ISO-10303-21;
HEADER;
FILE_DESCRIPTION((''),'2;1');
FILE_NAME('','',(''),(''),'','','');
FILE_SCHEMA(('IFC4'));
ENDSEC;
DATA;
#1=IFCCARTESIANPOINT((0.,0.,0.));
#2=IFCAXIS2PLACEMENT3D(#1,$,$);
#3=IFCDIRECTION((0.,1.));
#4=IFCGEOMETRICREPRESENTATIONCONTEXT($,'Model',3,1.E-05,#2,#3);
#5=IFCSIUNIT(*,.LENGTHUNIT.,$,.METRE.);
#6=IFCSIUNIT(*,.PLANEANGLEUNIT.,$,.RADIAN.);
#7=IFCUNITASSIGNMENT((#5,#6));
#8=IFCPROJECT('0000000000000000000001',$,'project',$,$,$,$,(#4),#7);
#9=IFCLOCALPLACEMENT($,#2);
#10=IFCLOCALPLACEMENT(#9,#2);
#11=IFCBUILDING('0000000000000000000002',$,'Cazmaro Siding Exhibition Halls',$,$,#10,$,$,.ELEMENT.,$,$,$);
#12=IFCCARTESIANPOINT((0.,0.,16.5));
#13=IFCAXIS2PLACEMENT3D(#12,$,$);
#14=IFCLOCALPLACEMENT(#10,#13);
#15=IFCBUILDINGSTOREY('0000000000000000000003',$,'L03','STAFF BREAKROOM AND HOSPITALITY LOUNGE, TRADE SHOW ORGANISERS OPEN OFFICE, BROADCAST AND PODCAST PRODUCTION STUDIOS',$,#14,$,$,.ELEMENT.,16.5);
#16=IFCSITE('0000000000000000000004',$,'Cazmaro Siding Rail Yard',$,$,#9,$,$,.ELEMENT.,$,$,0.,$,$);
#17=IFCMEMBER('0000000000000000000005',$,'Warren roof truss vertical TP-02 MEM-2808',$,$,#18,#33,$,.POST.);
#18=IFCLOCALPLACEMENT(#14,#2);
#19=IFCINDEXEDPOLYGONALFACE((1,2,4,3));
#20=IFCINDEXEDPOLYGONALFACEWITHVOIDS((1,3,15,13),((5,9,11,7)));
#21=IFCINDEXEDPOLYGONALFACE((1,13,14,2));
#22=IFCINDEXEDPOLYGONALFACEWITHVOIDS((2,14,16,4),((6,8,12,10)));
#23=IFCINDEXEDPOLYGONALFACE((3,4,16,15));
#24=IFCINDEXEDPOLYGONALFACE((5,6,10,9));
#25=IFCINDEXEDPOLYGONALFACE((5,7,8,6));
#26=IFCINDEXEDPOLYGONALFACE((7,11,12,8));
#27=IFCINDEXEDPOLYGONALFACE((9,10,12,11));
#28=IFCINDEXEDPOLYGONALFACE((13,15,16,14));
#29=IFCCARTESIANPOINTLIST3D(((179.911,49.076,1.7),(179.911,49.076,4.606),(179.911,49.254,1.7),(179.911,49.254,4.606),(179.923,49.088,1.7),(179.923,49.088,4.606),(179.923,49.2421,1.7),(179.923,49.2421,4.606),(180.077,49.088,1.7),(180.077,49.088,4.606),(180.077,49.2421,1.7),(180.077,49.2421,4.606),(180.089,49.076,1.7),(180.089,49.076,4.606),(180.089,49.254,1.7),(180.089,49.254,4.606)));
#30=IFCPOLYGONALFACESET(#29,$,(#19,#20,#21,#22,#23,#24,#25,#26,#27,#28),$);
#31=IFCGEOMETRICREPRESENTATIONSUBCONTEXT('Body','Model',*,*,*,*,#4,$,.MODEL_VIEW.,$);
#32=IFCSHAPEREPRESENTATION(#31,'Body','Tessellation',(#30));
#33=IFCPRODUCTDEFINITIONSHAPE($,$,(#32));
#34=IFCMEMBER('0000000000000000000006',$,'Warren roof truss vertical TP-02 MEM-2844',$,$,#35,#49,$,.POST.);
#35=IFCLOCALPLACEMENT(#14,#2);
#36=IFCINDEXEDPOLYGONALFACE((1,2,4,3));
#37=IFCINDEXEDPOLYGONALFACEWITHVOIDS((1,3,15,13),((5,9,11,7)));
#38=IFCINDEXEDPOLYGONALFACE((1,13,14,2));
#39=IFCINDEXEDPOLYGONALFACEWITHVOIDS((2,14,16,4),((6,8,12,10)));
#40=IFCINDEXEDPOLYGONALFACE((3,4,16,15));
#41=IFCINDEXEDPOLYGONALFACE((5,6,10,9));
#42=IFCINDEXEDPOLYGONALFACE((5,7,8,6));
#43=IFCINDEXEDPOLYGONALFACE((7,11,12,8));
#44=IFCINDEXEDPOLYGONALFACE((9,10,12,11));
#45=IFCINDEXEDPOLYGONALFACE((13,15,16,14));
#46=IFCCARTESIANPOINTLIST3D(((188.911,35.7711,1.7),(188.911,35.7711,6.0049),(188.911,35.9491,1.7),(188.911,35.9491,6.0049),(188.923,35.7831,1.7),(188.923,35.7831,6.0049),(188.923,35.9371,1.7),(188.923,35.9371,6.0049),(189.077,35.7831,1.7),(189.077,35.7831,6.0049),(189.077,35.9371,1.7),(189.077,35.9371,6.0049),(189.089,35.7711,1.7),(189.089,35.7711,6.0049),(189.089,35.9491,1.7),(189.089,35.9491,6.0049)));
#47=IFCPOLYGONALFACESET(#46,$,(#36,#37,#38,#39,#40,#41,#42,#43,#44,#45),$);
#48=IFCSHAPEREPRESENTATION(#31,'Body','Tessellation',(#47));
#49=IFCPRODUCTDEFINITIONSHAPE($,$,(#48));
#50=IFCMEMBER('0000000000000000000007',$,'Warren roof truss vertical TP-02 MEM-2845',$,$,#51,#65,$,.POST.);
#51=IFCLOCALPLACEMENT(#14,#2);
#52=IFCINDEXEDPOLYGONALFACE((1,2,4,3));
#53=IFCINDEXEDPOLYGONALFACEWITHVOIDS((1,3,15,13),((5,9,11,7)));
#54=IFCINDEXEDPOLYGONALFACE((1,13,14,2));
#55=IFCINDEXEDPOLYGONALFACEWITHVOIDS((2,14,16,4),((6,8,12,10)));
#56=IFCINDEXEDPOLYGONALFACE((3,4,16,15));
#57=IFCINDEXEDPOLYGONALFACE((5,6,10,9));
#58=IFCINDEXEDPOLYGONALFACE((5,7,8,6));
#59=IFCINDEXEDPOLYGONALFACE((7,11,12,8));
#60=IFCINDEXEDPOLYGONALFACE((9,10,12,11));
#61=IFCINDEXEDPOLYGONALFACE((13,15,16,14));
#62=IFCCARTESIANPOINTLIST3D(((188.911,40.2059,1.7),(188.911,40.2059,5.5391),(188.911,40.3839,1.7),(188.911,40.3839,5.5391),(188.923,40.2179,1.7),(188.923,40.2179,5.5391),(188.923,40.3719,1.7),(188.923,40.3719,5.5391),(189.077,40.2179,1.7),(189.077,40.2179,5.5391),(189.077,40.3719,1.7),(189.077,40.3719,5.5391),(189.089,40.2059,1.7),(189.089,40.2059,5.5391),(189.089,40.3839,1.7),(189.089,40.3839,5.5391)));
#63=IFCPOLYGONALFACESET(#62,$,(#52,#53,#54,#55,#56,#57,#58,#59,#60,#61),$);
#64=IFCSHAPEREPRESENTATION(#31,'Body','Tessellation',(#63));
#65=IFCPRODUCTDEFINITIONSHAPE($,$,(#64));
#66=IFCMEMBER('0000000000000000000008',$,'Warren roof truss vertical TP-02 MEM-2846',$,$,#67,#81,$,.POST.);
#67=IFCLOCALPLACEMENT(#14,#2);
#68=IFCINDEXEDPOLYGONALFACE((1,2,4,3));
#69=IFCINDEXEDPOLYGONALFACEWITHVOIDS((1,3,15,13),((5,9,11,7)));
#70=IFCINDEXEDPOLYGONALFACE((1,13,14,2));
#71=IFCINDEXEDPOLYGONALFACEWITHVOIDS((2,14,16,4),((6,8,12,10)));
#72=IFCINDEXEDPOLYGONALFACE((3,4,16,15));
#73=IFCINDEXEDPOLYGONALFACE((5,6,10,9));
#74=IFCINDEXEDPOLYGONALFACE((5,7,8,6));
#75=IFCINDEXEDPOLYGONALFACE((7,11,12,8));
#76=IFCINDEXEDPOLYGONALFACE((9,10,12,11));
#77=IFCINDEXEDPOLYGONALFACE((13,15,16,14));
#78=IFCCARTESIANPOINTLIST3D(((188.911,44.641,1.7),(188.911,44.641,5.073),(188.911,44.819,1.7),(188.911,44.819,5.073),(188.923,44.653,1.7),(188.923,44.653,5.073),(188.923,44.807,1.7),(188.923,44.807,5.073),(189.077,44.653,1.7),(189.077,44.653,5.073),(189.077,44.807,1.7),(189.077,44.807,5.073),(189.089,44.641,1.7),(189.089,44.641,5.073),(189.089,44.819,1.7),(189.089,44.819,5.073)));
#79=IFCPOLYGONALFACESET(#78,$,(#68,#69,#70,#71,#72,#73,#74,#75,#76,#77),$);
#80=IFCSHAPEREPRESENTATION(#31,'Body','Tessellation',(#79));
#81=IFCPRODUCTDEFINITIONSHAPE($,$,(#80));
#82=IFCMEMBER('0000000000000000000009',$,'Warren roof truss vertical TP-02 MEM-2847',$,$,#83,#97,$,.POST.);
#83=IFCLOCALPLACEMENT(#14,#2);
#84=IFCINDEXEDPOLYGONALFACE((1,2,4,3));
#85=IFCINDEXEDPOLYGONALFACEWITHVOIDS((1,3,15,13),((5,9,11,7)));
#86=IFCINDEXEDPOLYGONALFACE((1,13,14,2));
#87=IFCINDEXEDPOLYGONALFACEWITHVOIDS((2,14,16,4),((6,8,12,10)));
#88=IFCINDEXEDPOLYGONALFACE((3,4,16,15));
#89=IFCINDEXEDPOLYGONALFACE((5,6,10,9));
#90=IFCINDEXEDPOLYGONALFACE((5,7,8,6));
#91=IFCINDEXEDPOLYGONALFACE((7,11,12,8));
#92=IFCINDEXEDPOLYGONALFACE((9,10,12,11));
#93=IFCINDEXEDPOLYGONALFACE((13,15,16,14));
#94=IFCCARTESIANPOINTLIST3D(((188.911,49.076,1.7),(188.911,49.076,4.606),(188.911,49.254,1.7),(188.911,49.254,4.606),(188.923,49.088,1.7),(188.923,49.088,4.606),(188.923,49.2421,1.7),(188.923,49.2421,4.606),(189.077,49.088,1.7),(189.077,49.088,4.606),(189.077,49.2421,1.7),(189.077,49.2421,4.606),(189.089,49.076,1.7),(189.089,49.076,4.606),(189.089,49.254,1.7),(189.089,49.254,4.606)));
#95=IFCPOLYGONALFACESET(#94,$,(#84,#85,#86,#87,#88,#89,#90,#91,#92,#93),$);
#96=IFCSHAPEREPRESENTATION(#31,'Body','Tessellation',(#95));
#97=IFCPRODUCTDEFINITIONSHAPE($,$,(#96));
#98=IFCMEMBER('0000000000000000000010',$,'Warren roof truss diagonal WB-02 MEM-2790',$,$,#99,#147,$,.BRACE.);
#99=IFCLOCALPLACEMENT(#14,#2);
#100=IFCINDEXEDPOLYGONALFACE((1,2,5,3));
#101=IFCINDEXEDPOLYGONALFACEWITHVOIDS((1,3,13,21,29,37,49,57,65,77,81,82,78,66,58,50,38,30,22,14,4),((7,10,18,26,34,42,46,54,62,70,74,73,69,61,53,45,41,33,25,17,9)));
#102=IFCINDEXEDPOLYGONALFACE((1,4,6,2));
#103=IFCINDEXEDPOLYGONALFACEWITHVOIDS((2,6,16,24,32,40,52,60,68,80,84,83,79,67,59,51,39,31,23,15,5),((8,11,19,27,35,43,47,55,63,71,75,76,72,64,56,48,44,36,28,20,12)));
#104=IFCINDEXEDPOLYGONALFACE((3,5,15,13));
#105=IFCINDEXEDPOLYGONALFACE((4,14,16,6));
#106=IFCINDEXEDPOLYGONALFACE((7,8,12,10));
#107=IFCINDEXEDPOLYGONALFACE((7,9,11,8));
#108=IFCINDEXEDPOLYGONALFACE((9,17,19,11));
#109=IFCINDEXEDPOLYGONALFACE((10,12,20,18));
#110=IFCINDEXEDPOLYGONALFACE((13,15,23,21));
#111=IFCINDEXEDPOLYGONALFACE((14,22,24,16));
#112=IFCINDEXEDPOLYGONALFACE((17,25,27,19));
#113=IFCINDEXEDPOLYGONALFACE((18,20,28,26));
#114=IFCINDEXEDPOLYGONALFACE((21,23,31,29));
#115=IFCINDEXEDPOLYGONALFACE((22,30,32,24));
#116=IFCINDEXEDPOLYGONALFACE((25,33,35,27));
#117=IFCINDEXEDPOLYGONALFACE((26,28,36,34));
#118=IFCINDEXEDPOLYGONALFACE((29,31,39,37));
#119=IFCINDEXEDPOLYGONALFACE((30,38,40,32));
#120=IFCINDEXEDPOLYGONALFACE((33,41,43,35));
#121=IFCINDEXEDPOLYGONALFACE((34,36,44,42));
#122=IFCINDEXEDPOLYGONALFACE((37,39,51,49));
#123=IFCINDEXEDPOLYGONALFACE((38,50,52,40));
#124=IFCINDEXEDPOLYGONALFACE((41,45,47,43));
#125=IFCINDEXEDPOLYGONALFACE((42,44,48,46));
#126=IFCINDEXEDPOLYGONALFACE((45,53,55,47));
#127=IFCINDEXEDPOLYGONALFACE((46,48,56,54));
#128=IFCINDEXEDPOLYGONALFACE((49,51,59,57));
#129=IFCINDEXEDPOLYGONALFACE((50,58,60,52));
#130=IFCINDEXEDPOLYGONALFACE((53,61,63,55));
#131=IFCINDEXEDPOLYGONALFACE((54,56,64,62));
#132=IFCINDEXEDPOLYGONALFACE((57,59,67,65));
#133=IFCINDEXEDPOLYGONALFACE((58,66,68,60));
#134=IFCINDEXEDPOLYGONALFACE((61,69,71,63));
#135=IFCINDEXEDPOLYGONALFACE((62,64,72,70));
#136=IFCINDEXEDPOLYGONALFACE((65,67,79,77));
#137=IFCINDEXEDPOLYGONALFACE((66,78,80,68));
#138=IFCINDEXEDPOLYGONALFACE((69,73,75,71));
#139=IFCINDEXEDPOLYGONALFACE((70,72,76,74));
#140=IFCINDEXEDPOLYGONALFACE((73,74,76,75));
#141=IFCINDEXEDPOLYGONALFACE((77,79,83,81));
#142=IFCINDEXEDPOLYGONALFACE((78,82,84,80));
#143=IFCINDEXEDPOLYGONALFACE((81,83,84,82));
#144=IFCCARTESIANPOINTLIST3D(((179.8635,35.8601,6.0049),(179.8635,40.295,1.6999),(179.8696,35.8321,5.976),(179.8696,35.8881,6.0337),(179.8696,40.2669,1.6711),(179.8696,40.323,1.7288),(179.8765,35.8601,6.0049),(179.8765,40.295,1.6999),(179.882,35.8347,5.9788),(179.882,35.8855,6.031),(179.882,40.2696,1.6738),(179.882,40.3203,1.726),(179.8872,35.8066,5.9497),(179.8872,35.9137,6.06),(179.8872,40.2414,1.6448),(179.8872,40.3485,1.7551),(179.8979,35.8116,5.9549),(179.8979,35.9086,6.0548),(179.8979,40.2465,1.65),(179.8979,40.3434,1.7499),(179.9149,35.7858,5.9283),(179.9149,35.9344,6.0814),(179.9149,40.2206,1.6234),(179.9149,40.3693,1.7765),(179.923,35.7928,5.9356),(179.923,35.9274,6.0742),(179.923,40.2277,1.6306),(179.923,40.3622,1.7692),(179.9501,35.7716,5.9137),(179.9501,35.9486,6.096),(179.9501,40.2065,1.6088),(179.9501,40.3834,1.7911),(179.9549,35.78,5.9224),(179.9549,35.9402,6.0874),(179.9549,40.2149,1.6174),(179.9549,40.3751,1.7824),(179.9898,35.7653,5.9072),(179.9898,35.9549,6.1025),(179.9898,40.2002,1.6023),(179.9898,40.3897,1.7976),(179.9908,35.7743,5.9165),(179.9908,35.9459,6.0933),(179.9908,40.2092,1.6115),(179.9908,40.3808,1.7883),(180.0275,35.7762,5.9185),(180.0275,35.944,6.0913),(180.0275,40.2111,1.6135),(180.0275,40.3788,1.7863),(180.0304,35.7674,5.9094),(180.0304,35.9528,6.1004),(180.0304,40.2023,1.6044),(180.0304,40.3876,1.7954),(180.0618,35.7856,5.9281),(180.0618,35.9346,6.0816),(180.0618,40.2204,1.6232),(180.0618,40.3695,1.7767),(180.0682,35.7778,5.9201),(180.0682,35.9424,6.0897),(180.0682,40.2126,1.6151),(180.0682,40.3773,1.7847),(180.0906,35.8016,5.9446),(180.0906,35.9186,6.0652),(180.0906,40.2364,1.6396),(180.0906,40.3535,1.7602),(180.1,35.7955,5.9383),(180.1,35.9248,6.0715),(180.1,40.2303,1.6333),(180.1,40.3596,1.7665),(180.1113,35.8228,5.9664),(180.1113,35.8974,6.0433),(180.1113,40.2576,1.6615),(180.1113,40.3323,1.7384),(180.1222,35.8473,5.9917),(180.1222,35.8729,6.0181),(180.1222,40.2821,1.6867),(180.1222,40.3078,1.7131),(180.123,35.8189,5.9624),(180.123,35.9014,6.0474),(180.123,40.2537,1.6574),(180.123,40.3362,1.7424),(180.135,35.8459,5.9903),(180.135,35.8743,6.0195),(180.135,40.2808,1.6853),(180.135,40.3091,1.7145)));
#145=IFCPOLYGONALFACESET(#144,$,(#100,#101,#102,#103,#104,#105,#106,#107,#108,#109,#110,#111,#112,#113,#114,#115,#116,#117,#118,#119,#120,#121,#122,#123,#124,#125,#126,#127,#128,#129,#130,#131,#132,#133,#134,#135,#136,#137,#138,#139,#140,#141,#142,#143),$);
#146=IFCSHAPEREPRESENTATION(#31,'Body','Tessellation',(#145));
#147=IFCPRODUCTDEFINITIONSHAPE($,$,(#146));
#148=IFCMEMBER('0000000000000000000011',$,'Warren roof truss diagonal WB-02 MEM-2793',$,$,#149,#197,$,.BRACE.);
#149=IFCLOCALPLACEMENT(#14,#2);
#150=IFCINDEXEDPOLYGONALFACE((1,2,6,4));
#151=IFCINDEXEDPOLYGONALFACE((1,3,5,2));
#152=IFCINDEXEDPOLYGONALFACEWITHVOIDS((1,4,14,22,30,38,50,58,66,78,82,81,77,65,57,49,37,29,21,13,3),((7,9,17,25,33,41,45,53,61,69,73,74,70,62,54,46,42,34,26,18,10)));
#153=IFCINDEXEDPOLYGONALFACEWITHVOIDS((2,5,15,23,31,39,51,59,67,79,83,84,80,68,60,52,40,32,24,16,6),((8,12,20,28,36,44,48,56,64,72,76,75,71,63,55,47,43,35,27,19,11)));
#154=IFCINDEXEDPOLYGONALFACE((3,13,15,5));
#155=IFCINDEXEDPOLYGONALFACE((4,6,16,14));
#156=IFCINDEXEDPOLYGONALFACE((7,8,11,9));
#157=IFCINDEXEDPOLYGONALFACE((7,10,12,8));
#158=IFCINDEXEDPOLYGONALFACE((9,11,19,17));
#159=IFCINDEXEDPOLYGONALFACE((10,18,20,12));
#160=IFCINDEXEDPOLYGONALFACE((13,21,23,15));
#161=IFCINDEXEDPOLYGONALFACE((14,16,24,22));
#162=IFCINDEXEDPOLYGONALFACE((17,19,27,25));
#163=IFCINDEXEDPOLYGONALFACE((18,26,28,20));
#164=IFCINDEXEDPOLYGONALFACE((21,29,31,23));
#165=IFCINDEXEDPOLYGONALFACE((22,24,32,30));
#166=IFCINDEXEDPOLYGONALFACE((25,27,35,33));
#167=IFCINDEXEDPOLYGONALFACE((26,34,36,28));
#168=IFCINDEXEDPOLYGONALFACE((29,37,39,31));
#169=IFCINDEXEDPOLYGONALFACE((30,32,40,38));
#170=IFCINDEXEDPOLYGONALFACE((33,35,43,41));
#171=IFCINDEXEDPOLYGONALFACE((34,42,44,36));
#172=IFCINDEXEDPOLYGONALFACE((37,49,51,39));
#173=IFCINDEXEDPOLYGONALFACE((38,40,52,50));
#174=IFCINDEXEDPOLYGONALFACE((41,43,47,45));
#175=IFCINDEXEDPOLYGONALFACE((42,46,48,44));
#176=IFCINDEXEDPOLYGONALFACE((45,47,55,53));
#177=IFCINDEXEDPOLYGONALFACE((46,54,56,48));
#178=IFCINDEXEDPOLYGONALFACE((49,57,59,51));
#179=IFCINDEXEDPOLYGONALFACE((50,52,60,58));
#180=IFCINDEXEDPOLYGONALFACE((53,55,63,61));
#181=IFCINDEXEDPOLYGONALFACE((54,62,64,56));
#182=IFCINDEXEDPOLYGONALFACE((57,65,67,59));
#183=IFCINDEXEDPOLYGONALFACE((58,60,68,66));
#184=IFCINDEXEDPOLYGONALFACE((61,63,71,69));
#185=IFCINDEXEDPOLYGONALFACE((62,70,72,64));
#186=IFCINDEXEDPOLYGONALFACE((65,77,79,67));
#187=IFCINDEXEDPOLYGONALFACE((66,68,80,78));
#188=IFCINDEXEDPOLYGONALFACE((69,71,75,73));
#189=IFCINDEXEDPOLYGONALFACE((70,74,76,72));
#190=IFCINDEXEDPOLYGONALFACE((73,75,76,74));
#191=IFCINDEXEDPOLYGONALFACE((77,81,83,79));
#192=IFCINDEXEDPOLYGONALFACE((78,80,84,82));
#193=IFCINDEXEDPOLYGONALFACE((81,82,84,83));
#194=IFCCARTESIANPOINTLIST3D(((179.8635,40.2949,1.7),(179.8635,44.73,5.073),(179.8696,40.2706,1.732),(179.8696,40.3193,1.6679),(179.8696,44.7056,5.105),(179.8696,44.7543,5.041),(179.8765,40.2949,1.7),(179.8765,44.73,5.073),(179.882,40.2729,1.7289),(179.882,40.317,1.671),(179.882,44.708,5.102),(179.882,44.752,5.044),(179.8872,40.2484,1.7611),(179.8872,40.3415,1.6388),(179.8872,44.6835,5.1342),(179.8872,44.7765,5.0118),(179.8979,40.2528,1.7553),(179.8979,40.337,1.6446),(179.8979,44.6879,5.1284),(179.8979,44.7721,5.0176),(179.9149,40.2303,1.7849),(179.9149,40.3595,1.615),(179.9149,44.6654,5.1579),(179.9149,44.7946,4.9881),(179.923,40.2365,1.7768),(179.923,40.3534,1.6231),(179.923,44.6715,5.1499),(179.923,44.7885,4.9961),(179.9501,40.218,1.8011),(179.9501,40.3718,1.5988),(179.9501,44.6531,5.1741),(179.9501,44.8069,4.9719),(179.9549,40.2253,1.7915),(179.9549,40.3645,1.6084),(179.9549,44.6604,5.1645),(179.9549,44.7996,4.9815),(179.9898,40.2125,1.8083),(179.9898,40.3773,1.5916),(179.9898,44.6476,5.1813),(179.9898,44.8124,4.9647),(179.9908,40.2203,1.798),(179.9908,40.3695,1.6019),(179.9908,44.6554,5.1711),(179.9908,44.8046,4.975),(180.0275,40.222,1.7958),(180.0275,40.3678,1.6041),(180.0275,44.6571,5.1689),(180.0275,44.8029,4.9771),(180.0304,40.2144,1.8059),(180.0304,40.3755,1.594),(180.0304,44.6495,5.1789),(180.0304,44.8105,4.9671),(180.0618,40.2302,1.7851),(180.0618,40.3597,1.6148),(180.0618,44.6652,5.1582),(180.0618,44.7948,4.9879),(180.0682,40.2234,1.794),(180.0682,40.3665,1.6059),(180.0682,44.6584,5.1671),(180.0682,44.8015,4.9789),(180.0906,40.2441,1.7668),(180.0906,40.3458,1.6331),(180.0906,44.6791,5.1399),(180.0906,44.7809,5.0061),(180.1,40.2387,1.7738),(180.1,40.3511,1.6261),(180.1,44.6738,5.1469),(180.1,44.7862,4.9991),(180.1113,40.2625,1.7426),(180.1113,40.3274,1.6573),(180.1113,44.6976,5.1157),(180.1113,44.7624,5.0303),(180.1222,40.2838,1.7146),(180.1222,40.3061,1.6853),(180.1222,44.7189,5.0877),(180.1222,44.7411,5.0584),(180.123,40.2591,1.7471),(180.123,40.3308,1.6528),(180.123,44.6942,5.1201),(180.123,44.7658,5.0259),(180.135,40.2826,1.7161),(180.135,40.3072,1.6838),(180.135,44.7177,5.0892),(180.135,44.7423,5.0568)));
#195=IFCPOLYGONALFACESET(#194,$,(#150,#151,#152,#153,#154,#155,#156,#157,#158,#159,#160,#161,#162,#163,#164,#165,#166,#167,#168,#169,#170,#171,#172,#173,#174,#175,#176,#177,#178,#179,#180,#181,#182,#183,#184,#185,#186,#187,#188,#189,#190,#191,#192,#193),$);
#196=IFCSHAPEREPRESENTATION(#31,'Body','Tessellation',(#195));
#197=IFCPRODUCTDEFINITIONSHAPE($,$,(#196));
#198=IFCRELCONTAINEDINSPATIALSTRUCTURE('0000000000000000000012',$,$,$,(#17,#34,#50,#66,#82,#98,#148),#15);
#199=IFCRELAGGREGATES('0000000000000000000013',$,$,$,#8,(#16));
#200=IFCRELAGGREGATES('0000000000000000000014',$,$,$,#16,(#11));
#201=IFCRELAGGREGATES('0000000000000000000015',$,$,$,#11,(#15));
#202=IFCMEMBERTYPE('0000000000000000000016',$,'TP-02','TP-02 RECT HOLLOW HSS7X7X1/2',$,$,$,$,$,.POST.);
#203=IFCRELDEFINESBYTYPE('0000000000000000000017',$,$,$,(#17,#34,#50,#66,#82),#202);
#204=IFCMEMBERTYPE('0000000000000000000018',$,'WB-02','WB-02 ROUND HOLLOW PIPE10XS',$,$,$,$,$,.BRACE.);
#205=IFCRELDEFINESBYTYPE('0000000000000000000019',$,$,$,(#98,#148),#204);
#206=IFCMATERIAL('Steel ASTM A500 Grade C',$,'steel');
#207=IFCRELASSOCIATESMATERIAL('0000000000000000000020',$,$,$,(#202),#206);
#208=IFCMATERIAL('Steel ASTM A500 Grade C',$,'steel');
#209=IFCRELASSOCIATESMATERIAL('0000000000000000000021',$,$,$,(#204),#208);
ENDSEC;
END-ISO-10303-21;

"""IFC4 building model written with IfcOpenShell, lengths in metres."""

from ifc_helpers import new_model, si_unit, direction, frame, origin, origin_2d, place, context, subcontext, project, spatial, hollow_rectangle, hollow_circle, extrude, material, material_profile, profile_set, type_object, element, save


model = new_model("IFC4")

# Units and contexts
model_context = context("Model", 3, precision=1e-05, world=origin(), true_north=direction((0.0, 1.0)))
body_context = subcontext(model_context, "Body", "Model", "MODEL_VIEW")
ifc_project = project(units=[si_unit("LENGTHUNIT", "METRE"), si_unit("PLANEANGLEUNIT", "RADIAN")], contexts=[model_context])

# Site, building, storey
site_placement = place(None, origin())
site = spatial("IfcSite", under=ifc_project, at=site_placement, Name="Cazmaro Siding Rail Yard", CompositionType="ELEMENT", RefElevation=0.0)
building_placement = place(site_placement, origin())
building = spatial("IfcBuilding", under=site, at=building_placement, Name="Cazmaro Siding Exhibition Halls", CompositionType="ELEMENT")
storey_placement = place(building_placement, frame((0.0, 0.0, 16.5)))
storey = spatial("IfcBuildingStorey", under=building, at=storey_placement, Name="L03", Description="STAFF BREAKROOM AND HOSPITALITY LOUNGE, TRADE SHOW ORGANISERS OPEN OFFICE, BROADCAST AND PODCAST PRODUCTION STUDIOS", CompositionType="ELEMENT", Elevation=16.5)

# Members
ifc_material_1 = material(Name="Steel ASTM A500 Grade C", Category="steel")
ifc_material_profile_1 = material_profile(ifc_material_1, hollow_rectangle(XDim=0.178, YDim=0.178, WallThickness=0.012, at=origin_2d()), Name="HSS7X7X1/2")
ifc_profile_set_1 = profile_set([ifc_material_profile_1], Name="Steel ASTM A500 Grade C")
member_type_1 = type_object("IfcMemberType", Name="TP-02", Description="TP-02 RECT HOLLOW HSS7X7X1/2", PredefinedType="POST", material=ifc_profile_set_1)
member_1_placement = place(storey_placement, frame((180.0, 49.165, 1.7), z_axis=(0.0, 0.0, 1.0), x_axis=(1.0, 0.0, 0.0)))
element("IfcMember", 1, at=member_1_placement, inside=storey, type_object=member_type_1, Name="Warren roof truss vertical TP-02 MEM-2808", PredefinedType="POST", context=body_context, shape_type="SweptSolid", body=[
    extrude(hollow_rectangle(XDim=0.178, YDim=0.178, WallThickness=0.012, at=origin_2d()), origin(), (0.0, 0.0, 1.0), 2.906),
])
member_2_placement = place(storey_placement, frame((189.0, 35.8601, 1.7), z_axis=(0.0, 0.0, 1.0), x_axis=(1.0, 0.0, 0.0)))
element("IfcMember", 2, at=member_2_placement, inside=storey, type_object=member_type_1, Name="Warren roof truss vertical TP-02 MEM-2844", PredefinedType="POST", context=body_context, shape_type="SweptSolid", body=[
    extrude(hollow_rectangle(XDim=0.178, YDim=0.178, WallThickness=0.012, at=origin_2d()), origin(), (0.0, 0.0, 1.0), 4.3049),
])
member_3_placement = place(storey_placement, frame((189.0, 40.2949, 1.7), z_axis=(0.0, 0.0, 1.0), x_axis=(1.0, 0.0, 0.0)))
element("IfcMember", 3, at=member_3_placement, inside=storey, type_object=member_type_1, Name="Warren roof truss vertical TP-02 MEM-2845", PredefinedType="POST", context=body_context, shape_type="SweptSolid", body=[
    extrude(hollow_rectangle(XDim=0.178, YDim=0.178, WallThickness=0.012, at=origin_2d()), origin(), (0.0, 0.0, 1.0), 3.8391),
])
member_4_placement = place(storey_placement, frame((189.0, 44.73, 1.7), z_axis=(0.0, 0.0, 1.0), x_axis=(1.0, 0.0, 0.0)))
element("IfcMember", 4, at=member_4_placement, inside=storey, type_object=member_type_1, Name="Warren roof truss vertical TP-02 MEM-2846", PredefinedType="POST", context=body_context, shape_type="SweptSolid", body=[
    extrude(hollow_rectangle(XDim=0.178, YDim=0.178, WallThickness=0.012, at=origin_2d()), origin(), (0.0, 0.0, 1.0), 3.373),
])
member_5_placement = place(storey_placement, frame((189.0, 49.165, 1.7), z_axis=(0.0, 0.0, 1.0), x_axis=(1.0, 0.0, 0.0)))
element("IfcMember", 5, at=member_5_placement, inside=storey, type_object=member_type_1, Name="Warren roof truss vertical TP-02 MEM-2847", PredefinedType="POST", context=body_context, shape_type="SweptSolid", body=[
    extrude(hollow_rectangle(XDim=0.178, YDim=0.178, WallThickness=0.012, at=origin_2d()), origin(), (0.0, 0.0, 1.0), 2.906),
])
ifc_material_2 = material(Name="Steel ASTM A500 Grade C", Category="steel")
ifc_material_profile_2 = material_profile(ifc_material_2, hollow_circle(Radius=0.1365, WallThickness=0.0129, at=origin_2d()), Name="PIPE10XS")
ifc_profile_set_2 = profile_set([ifc_material_profile_2], Name="Steel ASTM A500 Grade C")
member_type_2 = type_object("IfcMemberType", Name="WB-02", Description="WB-02 ROUND HOLLOW PIPE10XS", PredefinedType="BRACE", material=ifc_profile_set_2)
member_6_placement = place(storey_placement, frame((180.0, 35.8601, 6.0049), z_axis=(0.0, 0.717536, -0.696521), x_axis=(-1.0, 0.0, 0.0)))
element("IfcMember", 6, at=member_6_placement, inside=storey, type_object=member_type_2, Name="Warren roof truss diagonal WB-02 MEM-2790", PredefinedType="BRACE", context=body_context, shape_type="SweptSolid", body=[
    extrude(hollow_circle(Radius=0.1365, WallThickness=0.0129, at=origin_2d()), origin(), (0.0, 0.0, 1.0), 6.1807),
])
for number, where, z_axis, x_axis, name in (
    (7, (180.0, 40.2949, 1.7), (0.0, 0.795954, 0.605357), (-1.0, 0.0, 0.0), "Warren roof truss diagonal WB-02 MEM-2793"),
):
    element("IfcMember", number, at=place(storey_placement, frame(where, z_axis=z_axis, x_axis=x_axis)), inside=storey, type_object=member_type_2, Name=name, PredefinedType="BRACE", context=body_context, shape_type="SweptSolid", body=[
        extrude(hollow_circle(Radius=0.1365, WallThickness=0.0129, at=origin_2d()), origin(), (0.0, 0.0, 1.0), 5.572),
    ])

save(model, "model.ifc")
